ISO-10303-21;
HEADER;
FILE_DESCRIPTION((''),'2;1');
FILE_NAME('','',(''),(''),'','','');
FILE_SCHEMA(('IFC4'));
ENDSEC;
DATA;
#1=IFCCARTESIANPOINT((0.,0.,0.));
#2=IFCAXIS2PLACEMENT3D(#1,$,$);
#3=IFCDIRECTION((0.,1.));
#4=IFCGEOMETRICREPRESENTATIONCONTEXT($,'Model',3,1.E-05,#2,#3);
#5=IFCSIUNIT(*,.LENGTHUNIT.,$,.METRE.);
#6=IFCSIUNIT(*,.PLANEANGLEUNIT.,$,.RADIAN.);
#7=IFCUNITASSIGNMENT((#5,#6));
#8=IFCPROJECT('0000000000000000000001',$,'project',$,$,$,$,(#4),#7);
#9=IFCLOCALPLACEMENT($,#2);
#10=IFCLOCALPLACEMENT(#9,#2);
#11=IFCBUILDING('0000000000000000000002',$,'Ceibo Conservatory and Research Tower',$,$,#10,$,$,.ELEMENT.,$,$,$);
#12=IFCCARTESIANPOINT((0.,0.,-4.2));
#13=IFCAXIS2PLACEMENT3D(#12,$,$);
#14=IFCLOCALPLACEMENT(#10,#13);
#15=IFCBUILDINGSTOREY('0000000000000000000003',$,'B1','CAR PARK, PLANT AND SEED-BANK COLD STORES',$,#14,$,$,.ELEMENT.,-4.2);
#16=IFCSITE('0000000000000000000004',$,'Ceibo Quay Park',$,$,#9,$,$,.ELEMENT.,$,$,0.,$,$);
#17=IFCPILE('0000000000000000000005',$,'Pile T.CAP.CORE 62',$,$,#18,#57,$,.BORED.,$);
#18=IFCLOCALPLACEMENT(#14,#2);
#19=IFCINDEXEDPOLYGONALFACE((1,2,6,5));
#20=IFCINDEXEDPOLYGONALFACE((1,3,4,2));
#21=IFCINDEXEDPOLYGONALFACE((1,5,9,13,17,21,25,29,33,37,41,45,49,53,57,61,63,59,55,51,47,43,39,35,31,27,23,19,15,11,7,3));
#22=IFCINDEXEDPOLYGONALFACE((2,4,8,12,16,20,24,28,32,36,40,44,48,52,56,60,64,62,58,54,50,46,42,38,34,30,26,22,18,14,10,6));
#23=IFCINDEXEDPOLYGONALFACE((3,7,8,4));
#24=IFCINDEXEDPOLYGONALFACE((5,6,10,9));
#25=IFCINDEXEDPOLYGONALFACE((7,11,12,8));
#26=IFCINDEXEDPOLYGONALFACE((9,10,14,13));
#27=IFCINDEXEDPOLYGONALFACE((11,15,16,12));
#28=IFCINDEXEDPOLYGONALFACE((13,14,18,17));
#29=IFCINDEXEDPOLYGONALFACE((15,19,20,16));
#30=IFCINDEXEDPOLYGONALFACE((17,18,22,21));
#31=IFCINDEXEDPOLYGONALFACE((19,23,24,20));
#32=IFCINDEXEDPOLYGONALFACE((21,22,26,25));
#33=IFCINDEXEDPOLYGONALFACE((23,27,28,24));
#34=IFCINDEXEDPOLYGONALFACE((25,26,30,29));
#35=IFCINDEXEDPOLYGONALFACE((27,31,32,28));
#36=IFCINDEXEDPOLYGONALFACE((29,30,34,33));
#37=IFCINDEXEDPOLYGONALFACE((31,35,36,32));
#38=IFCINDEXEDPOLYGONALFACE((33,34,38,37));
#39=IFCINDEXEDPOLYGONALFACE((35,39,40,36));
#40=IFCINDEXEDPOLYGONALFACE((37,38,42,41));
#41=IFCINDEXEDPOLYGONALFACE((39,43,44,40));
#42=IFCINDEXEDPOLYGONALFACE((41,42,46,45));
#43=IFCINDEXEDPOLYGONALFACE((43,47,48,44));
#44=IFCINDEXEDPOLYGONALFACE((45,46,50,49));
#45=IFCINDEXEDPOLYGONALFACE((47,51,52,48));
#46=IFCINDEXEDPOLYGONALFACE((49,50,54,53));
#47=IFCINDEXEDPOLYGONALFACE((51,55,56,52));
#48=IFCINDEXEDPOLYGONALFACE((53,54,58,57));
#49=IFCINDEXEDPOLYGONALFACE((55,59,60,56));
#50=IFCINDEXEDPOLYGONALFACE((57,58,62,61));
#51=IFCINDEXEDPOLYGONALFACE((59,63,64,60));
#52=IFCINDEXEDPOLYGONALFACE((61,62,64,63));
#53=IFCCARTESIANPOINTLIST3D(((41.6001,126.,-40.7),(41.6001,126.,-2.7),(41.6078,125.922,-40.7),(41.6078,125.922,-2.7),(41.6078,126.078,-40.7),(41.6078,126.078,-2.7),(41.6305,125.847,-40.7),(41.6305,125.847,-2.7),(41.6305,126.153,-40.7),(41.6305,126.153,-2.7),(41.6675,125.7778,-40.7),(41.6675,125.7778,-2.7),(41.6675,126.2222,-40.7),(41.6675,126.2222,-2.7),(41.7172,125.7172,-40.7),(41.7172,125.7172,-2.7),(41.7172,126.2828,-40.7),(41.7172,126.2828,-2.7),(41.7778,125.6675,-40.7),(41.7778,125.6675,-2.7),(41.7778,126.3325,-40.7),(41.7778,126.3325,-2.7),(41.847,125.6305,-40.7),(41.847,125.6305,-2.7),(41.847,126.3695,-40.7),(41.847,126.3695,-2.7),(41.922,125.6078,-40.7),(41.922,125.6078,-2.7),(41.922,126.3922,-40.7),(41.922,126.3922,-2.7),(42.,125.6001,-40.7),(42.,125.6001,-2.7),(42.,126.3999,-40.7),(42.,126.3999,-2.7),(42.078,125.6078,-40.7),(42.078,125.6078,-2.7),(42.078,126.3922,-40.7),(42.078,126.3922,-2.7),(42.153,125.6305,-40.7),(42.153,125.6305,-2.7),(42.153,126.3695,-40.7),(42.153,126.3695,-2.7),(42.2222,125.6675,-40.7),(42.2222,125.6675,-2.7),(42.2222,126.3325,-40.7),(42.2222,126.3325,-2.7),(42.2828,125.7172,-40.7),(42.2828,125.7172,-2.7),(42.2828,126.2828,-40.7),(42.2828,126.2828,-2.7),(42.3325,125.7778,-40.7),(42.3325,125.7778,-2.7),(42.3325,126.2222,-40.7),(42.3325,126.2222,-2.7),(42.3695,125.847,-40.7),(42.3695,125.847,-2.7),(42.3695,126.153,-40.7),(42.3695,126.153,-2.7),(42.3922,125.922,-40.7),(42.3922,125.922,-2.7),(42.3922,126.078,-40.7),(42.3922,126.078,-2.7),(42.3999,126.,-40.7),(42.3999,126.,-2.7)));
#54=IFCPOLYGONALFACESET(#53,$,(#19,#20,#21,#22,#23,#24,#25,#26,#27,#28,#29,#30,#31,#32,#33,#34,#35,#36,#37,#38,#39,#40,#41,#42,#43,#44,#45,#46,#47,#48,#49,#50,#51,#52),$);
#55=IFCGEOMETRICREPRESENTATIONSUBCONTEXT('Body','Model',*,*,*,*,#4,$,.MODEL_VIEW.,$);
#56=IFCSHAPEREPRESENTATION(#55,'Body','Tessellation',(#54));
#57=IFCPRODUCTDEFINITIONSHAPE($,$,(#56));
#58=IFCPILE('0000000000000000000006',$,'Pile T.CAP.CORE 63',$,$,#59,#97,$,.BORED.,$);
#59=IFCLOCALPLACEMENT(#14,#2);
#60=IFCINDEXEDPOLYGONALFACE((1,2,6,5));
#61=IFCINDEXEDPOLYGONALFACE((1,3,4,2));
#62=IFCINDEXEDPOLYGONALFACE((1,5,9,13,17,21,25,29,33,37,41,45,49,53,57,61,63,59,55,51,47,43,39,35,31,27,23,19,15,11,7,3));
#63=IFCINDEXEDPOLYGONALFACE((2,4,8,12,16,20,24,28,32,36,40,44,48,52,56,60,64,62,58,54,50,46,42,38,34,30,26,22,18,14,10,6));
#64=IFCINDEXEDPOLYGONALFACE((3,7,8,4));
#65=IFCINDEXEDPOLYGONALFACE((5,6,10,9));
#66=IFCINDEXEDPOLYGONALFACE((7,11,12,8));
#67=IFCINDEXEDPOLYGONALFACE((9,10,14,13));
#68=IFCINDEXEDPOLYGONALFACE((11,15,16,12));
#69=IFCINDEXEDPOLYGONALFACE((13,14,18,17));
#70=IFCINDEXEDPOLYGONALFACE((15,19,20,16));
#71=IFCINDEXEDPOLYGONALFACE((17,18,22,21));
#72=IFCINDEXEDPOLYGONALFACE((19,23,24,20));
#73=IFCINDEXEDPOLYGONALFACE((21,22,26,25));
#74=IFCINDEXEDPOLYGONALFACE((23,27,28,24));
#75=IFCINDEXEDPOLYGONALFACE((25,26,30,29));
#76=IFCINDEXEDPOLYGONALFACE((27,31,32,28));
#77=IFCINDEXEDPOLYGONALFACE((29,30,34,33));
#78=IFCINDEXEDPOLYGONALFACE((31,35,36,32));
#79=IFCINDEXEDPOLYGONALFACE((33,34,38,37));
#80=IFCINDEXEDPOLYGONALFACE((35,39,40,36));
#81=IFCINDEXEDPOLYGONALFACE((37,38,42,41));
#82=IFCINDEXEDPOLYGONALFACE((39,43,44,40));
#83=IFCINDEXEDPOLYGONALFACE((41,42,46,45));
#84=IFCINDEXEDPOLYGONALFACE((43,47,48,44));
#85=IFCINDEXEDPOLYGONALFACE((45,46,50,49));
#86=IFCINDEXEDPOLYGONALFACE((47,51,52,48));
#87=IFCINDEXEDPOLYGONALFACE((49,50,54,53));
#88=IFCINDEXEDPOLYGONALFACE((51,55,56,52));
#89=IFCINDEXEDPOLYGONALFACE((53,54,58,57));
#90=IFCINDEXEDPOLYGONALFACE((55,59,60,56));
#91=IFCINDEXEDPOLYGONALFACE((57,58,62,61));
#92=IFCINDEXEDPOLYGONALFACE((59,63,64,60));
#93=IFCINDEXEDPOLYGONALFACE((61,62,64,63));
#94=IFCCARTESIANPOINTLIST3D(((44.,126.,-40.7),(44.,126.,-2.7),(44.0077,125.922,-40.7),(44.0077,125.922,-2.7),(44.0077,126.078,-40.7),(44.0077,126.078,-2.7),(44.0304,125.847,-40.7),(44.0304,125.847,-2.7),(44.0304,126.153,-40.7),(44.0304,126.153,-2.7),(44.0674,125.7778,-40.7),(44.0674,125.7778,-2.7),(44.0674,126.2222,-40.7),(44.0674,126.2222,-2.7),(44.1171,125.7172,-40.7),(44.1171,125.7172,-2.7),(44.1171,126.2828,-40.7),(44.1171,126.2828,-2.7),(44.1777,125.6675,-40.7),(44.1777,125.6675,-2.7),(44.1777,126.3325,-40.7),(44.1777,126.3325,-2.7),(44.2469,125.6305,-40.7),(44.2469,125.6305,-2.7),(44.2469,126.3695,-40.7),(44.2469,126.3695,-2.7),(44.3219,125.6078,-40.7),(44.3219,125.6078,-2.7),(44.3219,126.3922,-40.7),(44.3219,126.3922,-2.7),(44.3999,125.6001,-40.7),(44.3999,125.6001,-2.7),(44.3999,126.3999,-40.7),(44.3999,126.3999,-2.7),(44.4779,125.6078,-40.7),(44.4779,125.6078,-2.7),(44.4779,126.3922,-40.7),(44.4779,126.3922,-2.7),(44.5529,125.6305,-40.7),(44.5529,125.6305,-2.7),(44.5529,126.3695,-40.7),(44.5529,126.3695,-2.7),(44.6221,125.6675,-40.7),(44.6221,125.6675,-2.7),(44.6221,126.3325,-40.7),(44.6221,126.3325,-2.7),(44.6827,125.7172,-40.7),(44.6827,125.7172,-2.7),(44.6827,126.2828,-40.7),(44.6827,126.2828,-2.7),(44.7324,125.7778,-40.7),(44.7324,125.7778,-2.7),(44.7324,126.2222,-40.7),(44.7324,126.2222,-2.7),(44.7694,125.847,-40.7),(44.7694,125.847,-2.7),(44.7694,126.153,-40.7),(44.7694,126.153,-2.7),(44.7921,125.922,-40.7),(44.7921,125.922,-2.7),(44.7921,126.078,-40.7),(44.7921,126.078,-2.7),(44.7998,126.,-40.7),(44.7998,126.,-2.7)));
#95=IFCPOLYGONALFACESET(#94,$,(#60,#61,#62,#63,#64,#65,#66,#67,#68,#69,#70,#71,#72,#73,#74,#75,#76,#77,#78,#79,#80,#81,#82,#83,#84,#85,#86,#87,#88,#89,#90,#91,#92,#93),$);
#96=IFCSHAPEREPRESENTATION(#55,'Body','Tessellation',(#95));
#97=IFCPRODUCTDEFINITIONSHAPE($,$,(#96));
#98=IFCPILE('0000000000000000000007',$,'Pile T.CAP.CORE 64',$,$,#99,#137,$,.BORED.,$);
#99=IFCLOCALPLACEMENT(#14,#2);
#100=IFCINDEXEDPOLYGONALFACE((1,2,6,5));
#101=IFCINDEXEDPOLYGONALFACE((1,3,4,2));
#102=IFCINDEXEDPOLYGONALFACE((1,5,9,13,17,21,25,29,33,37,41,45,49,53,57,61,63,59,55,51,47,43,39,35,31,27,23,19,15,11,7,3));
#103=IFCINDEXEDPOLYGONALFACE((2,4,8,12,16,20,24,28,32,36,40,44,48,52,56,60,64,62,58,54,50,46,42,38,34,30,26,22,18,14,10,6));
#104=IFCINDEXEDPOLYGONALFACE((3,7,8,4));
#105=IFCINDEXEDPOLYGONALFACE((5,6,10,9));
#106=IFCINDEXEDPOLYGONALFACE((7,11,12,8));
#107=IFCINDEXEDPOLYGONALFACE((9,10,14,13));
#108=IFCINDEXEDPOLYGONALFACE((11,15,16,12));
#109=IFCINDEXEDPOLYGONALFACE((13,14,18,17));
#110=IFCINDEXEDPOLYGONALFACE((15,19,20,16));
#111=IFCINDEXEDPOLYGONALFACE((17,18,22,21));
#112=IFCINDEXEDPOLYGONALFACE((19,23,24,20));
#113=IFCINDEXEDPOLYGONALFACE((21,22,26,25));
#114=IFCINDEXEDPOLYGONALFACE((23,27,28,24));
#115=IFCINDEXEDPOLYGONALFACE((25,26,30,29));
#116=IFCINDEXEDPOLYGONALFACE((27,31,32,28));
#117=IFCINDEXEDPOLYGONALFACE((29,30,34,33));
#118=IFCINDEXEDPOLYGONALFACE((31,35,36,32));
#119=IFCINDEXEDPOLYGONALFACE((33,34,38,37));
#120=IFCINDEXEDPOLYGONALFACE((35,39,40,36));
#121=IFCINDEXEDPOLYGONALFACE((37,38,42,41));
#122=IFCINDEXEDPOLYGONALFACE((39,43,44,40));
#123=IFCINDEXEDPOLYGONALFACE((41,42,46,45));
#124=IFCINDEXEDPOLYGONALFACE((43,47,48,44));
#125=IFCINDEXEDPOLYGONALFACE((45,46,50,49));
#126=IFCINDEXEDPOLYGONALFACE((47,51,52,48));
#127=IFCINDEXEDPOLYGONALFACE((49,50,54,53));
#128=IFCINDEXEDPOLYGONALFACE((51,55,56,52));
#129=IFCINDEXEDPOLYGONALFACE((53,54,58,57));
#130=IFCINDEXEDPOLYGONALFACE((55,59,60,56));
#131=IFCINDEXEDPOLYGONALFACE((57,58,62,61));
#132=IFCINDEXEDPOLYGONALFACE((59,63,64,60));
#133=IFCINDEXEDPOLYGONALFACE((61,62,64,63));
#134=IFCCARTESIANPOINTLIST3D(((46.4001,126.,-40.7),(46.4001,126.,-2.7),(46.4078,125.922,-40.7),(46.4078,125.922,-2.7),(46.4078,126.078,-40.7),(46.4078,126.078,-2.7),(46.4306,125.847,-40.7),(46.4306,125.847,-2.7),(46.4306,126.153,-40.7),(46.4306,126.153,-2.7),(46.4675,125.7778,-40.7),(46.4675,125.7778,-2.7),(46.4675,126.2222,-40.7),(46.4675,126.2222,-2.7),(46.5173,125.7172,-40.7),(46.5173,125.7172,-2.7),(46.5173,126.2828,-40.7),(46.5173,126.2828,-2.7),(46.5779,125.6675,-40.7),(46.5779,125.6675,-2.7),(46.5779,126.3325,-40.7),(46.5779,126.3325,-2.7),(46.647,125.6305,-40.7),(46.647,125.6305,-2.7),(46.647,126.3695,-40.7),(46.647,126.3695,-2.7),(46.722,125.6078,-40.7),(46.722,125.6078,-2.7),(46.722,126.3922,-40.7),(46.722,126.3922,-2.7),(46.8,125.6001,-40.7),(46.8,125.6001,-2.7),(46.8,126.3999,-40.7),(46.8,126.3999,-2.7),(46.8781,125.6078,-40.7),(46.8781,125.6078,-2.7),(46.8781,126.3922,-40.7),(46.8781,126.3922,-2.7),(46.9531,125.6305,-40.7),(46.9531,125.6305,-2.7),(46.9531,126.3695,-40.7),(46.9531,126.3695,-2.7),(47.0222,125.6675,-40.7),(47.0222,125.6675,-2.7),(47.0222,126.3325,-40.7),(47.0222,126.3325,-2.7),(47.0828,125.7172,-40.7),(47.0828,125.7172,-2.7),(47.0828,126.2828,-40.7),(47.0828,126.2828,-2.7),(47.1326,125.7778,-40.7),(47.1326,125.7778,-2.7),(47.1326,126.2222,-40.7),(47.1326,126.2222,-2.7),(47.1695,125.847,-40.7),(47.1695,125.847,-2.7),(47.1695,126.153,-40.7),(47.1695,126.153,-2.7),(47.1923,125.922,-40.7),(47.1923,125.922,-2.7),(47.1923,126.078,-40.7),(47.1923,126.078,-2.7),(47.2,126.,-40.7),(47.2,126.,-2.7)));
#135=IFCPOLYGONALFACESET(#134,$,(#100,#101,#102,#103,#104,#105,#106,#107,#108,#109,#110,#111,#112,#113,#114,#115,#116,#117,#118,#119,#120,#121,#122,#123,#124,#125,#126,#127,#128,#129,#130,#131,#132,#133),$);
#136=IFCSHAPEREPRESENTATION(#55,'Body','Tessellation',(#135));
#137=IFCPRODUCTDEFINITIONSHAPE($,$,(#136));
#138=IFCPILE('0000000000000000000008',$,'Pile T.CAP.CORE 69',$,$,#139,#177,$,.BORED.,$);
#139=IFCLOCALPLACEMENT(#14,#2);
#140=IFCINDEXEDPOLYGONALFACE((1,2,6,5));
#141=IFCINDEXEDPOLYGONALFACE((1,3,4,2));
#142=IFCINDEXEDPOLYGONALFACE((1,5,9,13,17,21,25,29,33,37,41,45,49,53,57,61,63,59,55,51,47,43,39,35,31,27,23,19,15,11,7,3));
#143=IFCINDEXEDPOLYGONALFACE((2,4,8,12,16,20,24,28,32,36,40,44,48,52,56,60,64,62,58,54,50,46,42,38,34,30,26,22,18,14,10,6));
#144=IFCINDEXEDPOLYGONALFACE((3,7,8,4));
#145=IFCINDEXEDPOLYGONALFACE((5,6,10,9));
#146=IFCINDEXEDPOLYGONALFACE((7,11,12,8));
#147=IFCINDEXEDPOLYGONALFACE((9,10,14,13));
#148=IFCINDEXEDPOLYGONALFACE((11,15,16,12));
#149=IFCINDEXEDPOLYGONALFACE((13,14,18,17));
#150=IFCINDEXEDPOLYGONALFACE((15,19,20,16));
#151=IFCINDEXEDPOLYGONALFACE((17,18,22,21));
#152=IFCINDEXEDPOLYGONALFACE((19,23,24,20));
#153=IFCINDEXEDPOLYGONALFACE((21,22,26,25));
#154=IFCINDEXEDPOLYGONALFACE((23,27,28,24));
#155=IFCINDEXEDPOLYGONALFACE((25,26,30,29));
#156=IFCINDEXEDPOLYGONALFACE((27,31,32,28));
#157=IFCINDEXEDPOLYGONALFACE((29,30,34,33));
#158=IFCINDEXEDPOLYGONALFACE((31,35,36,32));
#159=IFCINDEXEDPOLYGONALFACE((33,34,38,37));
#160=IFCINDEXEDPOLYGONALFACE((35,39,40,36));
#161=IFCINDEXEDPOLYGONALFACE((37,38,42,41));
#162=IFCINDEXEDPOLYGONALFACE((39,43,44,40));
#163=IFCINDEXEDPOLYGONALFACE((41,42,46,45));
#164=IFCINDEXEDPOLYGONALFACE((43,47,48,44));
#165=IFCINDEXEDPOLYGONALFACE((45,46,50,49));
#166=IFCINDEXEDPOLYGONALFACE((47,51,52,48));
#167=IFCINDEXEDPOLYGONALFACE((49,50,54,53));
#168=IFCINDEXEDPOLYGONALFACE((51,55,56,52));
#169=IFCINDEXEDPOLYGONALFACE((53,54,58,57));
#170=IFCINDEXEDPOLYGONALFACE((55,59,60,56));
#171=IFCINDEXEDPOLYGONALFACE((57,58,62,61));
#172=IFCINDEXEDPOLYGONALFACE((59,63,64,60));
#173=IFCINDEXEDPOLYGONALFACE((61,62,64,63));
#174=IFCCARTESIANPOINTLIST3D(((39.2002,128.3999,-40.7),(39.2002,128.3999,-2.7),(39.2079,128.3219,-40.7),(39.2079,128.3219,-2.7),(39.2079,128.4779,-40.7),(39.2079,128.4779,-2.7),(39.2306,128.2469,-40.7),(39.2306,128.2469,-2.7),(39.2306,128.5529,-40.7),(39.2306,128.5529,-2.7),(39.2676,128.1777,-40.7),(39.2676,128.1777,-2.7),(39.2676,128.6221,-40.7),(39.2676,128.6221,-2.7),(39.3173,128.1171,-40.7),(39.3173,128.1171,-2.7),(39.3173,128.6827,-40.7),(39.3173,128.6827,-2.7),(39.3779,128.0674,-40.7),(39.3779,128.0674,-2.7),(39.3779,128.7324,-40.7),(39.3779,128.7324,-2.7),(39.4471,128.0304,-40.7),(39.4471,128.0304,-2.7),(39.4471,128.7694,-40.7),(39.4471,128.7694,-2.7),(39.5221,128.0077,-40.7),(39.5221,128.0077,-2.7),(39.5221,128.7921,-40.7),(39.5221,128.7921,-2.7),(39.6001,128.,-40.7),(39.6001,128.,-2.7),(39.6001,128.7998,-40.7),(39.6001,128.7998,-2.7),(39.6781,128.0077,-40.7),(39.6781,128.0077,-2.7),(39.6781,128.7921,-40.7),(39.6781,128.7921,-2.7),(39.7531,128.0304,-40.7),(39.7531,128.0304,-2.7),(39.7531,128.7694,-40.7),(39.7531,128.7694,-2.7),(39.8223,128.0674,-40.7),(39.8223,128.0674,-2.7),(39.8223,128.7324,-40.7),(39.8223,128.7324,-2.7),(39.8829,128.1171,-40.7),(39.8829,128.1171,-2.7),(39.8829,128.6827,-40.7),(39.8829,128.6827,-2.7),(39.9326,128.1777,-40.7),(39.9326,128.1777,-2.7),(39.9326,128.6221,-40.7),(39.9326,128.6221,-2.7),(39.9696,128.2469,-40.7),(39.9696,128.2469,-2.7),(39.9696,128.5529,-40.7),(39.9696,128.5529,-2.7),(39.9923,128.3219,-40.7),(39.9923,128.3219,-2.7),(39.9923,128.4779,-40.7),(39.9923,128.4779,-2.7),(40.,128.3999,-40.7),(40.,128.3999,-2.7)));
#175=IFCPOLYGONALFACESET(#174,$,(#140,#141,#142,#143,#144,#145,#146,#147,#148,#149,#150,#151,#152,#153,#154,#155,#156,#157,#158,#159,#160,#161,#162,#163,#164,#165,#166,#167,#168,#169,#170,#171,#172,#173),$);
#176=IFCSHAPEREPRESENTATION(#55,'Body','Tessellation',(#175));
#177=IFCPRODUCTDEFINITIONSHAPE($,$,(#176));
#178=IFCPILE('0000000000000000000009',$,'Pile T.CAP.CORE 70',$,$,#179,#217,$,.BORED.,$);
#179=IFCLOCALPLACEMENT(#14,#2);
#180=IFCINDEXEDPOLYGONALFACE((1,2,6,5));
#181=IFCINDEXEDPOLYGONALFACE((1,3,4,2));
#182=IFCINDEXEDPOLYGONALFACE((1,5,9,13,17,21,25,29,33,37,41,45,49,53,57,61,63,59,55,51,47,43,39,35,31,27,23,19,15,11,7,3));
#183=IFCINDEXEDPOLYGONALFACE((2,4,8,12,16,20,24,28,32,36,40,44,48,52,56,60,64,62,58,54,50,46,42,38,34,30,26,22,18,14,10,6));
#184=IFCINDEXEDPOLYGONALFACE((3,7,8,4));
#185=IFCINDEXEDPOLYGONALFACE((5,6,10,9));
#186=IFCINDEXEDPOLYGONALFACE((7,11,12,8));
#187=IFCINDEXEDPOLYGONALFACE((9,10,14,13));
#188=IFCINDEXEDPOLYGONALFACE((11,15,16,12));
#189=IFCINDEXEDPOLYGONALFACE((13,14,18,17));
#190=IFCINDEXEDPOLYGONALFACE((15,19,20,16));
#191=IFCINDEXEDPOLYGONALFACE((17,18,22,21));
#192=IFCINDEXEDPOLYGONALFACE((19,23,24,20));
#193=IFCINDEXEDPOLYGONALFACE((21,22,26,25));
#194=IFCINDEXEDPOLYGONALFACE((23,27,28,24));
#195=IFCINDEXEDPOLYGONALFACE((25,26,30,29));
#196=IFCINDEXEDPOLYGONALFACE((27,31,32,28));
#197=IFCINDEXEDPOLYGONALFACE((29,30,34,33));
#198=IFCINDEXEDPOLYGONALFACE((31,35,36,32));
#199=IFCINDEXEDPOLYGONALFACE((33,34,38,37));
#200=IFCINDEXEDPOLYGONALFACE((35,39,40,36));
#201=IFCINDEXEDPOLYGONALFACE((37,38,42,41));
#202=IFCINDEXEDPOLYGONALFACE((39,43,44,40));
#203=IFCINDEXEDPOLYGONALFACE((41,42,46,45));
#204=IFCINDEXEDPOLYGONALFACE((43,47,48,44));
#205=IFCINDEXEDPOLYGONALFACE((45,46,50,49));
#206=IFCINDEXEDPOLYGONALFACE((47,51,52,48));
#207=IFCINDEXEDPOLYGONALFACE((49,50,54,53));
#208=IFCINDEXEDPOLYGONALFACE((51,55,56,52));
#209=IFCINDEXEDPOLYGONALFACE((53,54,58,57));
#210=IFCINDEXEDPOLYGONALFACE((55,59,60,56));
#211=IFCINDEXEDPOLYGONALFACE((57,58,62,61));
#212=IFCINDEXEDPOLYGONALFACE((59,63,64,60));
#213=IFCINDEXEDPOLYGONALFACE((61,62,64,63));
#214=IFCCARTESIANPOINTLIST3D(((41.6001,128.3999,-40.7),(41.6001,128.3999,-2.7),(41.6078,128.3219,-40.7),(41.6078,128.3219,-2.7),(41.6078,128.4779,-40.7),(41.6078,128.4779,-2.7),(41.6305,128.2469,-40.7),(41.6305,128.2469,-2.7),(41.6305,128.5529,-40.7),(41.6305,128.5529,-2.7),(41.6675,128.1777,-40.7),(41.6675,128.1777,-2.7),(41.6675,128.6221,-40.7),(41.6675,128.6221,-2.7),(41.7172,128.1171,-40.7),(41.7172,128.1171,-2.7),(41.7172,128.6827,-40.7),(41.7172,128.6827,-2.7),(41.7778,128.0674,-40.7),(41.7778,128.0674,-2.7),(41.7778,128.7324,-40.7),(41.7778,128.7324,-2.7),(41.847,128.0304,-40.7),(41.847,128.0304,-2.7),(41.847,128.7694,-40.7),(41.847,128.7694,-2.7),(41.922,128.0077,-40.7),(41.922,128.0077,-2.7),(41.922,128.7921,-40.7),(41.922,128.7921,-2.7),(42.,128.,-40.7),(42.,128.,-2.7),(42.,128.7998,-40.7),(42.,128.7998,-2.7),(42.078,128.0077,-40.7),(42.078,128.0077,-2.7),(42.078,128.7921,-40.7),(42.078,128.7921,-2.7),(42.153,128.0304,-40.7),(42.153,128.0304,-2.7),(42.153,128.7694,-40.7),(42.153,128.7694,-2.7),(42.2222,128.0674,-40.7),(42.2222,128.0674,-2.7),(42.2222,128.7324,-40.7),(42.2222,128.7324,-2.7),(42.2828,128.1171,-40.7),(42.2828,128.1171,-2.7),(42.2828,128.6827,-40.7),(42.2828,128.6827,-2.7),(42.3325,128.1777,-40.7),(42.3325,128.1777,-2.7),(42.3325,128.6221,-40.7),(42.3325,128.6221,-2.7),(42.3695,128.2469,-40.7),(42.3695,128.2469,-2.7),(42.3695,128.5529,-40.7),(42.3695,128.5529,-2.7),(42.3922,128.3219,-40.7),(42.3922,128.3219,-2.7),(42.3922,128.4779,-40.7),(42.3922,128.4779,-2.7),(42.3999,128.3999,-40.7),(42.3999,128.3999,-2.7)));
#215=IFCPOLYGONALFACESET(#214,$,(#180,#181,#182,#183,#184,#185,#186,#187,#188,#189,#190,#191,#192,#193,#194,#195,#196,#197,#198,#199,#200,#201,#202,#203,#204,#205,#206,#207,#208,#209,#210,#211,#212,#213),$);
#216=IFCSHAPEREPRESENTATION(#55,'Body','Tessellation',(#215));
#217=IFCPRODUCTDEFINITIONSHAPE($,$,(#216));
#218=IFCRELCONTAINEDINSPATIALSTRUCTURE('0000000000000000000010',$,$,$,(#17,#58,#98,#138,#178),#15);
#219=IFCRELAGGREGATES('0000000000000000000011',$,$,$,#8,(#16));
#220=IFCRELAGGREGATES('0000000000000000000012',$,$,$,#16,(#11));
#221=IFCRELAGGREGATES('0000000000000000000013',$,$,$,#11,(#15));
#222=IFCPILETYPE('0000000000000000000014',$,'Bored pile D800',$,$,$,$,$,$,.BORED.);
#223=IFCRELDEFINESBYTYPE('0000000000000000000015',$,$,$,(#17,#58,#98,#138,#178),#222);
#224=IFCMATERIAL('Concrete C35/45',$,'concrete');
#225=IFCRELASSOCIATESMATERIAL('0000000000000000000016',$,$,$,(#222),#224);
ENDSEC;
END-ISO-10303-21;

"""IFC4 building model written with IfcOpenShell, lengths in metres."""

from ifc_helpers import new_model, si_unit, direction, frame, origin, origin_2d, place, context, subcontext, project, spatial, circle, extrude, material, material_profile, profile_set, type_object, element, save


model = new_model("IFC4")

# Units and contexts
model_context = context("Model", 3, precision=1e-05, world=origin(), true_north=direction((0.0, 1.0)))
body_context = subcontext(model_context, "Body", "Model", "MODEL_VIEW")
ifc_project = project(units=[si_unit("LENGTHUNIT", "METRE"), si_unit("PLANEANGLEUNIT", "RADIAN")], contexts=[model_context])

# Site, building, storey
site_placement = place(None, origin())
site = spatial("IfcSite", under=ifc_project, at=site_placement, Name="Ceibo Quay Park", CompositionType="ELEMENT", RefElevation=0.0)
building_placement = place(site_placement, origin())
building = spatial("IfcBuilding", under=site, at=building_placement, Name="Ceibo Conservatory and Research Tower", CompositionType="ELEMENT")
storey_placement = place(building_placement, frame((0.0, 0.0, -4.2)))
storey = spatial("IfcBuildingStorey", under=building, at=storey_placement, Name="B1", Description="CAR PARK, PLANT AND SEED-BANK COLD STORES", CompositionType="ELEMENT", Elevation=-4.2)

# Piles
ifc_material_1 = material(Name="Concrete C35/45", Category="concrete")
ifc_material_profile_1 = material_profile(ifc_material_1, circle(Radius=0.3999, at=origin_2d()), Name="RC D800")
ifc_profile_set_1 = profile_set([ifc_material_profile_1], Name="Concrete C35/45")
pile_type = type_object("IfcPileType", Name="Bored pile D800", PredefinedType="BORED", material=ifc_profile_set_1)
for number, where, z_axis, x_axis, name in (
    (1, (42.0, 126.0, -2.7), (0.0, 0.0, -1.0), (1.0, 0.0, 0.0), "Pile T.CAP.CORE 62"),
    (2, (44.3999, 126.0, -2.7), (0.0, 0.0, -1.0), (1.0, 0.0, 0.0), "Pile T.CAP.CORE 63"),
    (3, (46.8, 126.0, -2.7), (0.0, 0.0, -1.0), (1.0, 0.0, 0.0), "Pile T.CAP.CORE 64"),
    (4, (39.6001, 128.3999, -2.7), (0.0, 0.0, -1.0), (1.0, 0.0, 0.0), "Pile T.CAP.CORE 69"),
    (5, (42.0, 128.3999, -2.7), (0.0, 0.0, -1.0), (1.0, 0.0, 0.0), "Pile T.CAP.CORE 70"),
):
    element("IfcPile", number, at=place(storey_placement, frame(where, z_axis=z_axis, x_axis=x_axis)), inside=storey, type_object=pile_type, Name=name, PredefinedType="BORED", context=body_context, shape_type="SweptSolid", body=[
        extrude(circle(Radius=0.3999, at=origin_2d()), origin(), (0.0, 0.0, 1.0), 38.0),
    ])

save(model, "model.ifc")
